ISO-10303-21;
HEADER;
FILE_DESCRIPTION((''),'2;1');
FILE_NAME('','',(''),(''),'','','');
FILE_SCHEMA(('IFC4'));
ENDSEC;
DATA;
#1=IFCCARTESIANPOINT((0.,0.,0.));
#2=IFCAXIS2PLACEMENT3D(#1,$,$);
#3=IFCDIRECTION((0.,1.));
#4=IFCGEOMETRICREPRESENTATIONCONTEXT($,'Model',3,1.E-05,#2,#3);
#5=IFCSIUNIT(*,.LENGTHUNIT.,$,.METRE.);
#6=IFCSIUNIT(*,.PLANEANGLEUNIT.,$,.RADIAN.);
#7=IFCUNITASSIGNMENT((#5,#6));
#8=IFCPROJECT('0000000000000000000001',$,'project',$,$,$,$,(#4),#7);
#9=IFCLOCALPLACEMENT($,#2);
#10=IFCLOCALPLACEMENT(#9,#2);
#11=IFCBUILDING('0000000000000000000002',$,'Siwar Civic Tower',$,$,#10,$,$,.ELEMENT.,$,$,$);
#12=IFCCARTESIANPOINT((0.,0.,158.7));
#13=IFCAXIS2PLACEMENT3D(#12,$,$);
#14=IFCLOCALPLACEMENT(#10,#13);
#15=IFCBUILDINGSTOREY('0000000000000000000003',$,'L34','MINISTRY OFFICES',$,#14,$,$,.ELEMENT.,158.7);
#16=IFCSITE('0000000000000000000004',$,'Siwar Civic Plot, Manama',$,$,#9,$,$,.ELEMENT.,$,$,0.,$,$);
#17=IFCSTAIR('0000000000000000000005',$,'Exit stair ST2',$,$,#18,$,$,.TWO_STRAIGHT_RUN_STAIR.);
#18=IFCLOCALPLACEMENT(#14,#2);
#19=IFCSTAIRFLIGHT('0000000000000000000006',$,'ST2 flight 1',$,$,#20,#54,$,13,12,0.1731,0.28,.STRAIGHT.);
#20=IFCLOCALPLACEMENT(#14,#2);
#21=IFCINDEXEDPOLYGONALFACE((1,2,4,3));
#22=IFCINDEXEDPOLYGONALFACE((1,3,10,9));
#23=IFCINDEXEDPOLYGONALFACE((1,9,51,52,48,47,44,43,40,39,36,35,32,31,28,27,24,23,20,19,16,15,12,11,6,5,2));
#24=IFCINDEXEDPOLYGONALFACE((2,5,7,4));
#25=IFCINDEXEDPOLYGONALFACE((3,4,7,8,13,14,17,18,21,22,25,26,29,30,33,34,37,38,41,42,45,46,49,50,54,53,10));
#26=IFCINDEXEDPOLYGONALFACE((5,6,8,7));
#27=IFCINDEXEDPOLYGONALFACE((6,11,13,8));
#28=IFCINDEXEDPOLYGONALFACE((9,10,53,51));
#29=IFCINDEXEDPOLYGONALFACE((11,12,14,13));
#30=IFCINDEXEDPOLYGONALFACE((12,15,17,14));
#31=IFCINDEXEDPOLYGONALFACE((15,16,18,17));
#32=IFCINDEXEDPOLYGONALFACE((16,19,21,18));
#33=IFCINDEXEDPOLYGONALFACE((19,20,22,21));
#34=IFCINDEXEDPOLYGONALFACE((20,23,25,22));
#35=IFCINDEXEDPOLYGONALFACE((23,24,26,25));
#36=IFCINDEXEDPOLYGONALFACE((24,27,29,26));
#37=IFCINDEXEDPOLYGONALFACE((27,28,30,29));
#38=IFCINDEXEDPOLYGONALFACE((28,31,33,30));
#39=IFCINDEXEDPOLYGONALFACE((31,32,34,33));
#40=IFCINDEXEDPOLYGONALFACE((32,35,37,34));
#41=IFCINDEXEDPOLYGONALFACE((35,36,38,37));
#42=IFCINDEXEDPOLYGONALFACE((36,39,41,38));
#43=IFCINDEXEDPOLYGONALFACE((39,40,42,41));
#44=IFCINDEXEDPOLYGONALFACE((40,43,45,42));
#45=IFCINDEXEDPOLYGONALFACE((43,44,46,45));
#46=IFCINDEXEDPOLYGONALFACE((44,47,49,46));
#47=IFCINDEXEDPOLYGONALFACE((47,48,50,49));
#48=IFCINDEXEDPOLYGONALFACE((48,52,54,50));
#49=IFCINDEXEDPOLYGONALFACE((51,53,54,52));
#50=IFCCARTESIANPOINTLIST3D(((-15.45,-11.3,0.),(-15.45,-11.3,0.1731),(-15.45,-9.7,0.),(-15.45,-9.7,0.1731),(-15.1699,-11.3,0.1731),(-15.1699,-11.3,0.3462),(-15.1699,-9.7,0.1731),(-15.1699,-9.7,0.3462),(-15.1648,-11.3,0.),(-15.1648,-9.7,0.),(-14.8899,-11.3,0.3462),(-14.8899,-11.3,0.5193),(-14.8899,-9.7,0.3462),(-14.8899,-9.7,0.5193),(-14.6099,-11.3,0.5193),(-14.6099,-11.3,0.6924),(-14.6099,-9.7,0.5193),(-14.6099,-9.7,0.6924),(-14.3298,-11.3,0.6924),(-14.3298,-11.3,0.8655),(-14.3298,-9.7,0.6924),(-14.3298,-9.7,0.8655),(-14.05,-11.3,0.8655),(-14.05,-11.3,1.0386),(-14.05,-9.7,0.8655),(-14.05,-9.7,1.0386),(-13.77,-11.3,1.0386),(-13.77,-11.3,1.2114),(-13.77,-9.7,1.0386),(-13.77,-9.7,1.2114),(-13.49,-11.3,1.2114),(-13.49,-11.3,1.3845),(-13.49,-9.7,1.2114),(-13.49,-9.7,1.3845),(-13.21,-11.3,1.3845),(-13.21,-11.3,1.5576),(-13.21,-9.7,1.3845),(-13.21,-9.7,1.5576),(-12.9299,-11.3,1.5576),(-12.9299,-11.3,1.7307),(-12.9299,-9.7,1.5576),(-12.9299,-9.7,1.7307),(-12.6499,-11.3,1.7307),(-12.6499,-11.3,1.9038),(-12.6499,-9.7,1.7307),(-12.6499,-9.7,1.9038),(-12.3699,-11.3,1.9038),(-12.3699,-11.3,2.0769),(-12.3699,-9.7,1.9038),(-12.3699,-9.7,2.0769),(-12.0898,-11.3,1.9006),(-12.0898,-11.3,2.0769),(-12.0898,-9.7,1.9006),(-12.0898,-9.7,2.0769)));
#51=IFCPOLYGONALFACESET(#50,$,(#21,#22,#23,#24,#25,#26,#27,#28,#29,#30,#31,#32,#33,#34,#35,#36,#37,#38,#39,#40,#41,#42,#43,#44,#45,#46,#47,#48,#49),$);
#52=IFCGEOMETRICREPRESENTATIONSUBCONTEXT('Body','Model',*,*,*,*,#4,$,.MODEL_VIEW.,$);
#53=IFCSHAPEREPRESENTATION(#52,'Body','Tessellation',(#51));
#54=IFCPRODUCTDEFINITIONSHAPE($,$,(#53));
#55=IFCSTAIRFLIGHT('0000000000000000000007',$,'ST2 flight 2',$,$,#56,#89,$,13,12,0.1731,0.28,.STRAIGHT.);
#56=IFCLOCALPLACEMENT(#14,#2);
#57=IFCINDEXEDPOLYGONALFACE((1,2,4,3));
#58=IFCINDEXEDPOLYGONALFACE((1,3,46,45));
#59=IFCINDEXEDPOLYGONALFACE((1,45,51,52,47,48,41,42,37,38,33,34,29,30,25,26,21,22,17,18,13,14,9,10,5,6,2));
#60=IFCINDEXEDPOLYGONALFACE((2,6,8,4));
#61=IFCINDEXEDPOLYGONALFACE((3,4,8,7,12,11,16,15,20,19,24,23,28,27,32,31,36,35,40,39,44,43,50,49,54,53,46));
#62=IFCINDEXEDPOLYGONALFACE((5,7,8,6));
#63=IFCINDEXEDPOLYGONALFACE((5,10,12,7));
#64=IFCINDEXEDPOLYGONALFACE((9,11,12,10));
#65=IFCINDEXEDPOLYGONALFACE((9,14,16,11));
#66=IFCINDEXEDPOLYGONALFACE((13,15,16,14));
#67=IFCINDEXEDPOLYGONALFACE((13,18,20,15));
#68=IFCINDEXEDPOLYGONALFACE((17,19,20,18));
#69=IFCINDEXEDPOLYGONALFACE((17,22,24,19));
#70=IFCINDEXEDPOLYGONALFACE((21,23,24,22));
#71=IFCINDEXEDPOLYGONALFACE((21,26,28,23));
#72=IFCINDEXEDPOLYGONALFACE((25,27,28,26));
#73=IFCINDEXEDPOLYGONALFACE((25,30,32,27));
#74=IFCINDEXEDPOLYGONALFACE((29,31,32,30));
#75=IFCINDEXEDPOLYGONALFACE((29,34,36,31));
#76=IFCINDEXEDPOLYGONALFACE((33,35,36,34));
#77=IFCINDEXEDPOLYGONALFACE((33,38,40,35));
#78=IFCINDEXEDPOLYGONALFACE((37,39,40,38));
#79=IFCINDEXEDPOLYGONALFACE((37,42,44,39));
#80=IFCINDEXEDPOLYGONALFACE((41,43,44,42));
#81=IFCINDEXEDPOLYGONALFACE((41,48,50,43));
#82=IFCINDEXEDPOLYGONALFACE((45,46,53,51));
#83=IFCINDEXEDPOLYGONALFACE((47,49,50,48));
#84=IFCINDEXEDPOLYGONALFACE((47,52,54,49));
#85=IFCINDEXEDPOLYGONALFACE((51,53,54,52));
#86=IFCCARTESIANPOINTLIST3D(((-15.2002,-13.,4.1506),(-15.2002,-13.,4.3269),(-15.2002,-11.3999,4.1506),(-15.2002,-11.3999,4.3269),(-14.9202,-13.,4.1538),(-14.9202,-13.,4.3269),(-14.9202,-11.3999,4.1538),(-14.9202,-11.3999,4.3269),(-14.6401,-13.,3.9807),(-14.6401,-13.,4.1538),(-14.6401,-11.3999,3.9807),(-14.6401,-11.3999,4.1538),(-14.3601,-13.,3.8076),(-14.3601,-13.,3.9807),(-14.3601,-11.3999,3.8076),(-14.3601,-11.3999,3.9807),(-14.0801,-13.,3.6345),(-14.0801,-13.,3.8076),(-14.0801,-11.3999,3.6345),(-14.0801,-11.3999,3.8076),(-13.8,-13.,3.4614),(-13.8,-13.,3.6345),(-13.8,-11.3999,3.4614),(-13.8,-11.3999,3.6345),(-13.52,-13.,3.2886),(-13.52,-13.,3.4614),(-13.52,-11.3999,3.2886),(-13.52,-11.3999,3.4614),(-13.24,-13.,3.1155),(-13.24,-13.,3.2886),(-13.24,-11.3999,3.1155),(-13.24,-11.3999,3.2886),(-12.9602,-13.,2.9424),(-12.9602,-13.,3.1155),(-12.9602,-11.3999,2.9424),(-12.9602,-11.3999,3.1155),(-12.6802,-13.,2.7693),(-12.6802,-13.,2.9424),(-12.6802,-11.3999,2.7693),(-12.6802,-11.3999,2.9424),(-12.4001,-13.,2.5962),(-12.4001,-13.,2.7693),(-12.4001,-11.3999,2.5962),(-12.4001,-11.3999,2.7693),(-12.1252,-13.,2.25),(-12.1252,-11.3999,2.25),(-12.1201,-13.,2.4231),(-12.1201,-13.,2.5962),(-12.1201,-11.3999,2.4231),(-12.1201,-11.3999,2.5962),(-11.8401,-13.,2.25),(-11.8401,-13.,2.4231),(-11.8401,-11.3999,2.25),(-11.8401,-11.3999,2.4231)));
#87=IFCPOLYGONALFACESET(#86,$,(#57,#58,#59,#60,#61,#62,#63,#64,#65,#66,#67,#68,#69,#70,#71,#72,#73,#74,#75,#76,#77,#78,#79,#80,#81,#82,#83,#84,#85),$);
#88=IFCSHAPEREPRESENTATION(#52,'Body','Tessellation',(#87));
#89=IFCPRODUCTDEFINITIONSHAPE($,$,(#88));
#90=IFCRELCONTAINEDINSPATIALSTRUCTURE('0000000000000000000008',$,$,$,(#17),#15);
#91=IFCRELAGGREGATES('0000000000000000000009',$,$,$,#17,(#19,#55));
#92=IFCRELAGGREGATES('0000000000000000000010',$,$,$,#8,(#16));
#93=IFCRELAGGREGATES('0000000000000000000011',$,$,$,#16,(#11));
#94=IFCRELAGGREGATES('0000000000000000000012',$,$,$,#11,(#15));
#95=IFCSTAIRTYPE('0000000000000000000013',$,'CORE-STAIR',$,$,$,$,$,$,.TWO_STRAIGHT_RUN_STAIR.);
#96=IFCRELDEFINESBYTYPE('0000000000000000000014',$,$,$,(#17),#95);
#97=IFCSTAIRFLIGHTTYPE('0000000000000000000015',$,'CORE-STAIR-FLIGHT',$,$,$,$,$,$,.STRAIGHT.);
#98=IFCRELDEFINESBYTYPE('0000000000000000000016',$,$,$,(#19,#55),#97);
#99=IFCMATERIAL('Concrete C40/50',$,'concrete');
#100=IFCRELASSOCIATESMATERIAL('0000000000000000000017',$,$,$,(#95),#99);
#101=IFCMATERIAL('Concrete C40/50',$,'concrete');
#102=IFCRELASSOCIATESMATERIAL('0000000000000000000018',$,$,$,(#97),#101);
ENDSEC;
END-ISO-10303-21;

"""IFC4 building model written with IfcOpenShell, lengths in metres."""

from ifc_helpers import new_model, si_unit, direction, frame, origin, place, context, subcontext, project, spatial, polyline, outline, extrude, material, type_object, element, aggregate, save


model = new_model("IFC4")

# Units and contexts
model_context = context("Model", 3, precision=1e-05, world=origin(), true_north=direction((0.0, 1.0)))
body_context = subcontext(model_context, "Body", "Model", "MODEL_VIEW")
ifc_project = project(units=[si_unit("LENGTHUNIT", "METRE"), si_unit("PLANEANGLEUNIT", "RADIAN")], contexts=[model_context])

# Site, building, storey
site_placement = place(None, origin())
site = spatial("IfcSite", under=ifc_project, at=site_placement, Name="Siwar Civic Plot, Manama", CompositionType="ELEMENT", RefElevation=0.0)
building_placement = place(site_placement, origin())
building = spatial("IfcBuilding", under=site, at=building_placement, Name="Siwar Civic Tower", CompositionType="ELEMENT")
storey_placement = place(building_placement, frame((0.0, 0.0, 158.7)))
storey = spatial("IfcBuildingStorey", under=building, at=storey_placement, Name="L34", Description="MINISTRY OFFICES", CompositionType="ELEMENT", Elevation=158.7)

# Stair, stair flights
ifc_material_1 = material(Name="Concrete C40/50", Category="concrete")
stair_type = type_object("IfcStairType", Name="CORE-STAIR", PredefinedType="TWO_STRAIGHT_RUN_STAIR", material=ifc_material_1)
stair_placement = place(storey_placement, origin())
stair = element("IfcStair", 1, at=stair_placement, inside=storey, type_object=stair_type, Name="Exit stair ST2", PredefinedType="TWO_STRAIGHT_RUN_STAIR")
ifc_material_2 = material(Name="Concrete C40/50", Category="concrete")
stair_flight_type = type_object("IfcStairFlightType", Name="CORE-STAIR-FLIGHT", PredefinedType="STRAIGHT", material=ifc_material_2)
stair_flight_1_placement = place(storey_placement, frame((-15.45, -10.5, 0.0), z_axis=(0.0, 0.0, 1.0), x_axis=(1.0, 0.0, 0.0)))
stair_flight_1 = element("IfcStairFlight", 2, at=stair_flight_1_placement, type_object=stair_flight_type, Name="ST2 flight 1", NumberOfRisers=13, NumberOfTreads=12, PredefinedType="STRAIGHT", RiserHeight=0.1731, TreadLength=0.28, context=body_context, shape_type="SweptSolid", body=[
    extrude(outline(polyline([(0.0, 0.0), (0.0, 0.1731), (0.28, 0.1731), (0.28, 0.3462), (0.5601, 0.3462), (0.5601, 0.5193), (0.8401, 0.5193), (0.8401, 0.6924), (1.1201, 0.6924), (1.1201, 0.8655), (1.3999, 0.8655), (1.3999, 1.0386), (1.6799, 1.0386), (1.6799, 1.2114), (1.96, 1.2114), (1.96, 1.3845), (2.24, 1.3845), (2.24, 1.5576), (2.52, 1.5576), (2.52, 1.7307), (2.8, 1.7307), (2.8, 1.9038), (3.0801, 1.9038), (3.0801, 2.0769), (3.3601, 2.0769), (3.3601, 2.25), (3.3601, 1.9006), (0.2852, 0.0), (0.0, 0.0)])), frame((0.0, 0.8, 0.0), z_axis=(0.0, -1.0, 0.0), x_axis=(1.0, 0.0, 0.0)), (0.0, 0.0, 1.0), 1.6001),
])
stair_flight_2_placement = place(storey_placement, frame((-11.8401, -12.2, 2.25), z_axis=(0.0, 0.0, 1.0), x_axis=(-1.0, 0.0, 0.0)))
stair_flight_2 = element("IfcStairFlight", 3, at=stair_flight_2_placement, type_object=stair_flight_type, Name="ST2 flight 2", NumberOfRisers=13, NumberOfTreads=12, PredefinedType="STRAIGHT", RiserHeight=0.1731, TreadLength=0.28, context=body_context, shape_type="SweptSolid", body=[
    extrude(outline(polyline([(0.0, 0.0), (0.0, 0.1731), (0.28, 0.1731), (0.28, 0.3462), (0.5601, 0.3462), (0.5601, 0.5193), (0.8401, 0.5193), (0.8401, 0.6924), (1.1201, 0.6924), (1.1201, 0.8655), (1.3999, 0.8655), (1.3999, 1.0386), (1.6799, 1.0386), (1.6799, 1.2114), (1.96, 1.2114), (1.96, 1.3845), (2.24, 1.3845), (2.24, 1.5576), (2.52, 1.5576), (2.52, 1.7307), (2.8, 1.7307), (2.8, 1.9038), (3.0801, 1.9038), (3.0801, 2.0769), (3.3601, 2.0769), (3.3601, 2.25), (3.3601, 1.9006), (0.2852, 0.0), (0.0, 0.0)])), frame((0.0, 0.8, 0.0), z_axis=(0.0, -1.0, 0.0), x_axis=(1.0, 0.0, 0.0)), (0.0, 0.0, 1.0), 1.6001),
])
aggregate(stair, [stair_flight_1, stair_flight_2])

save(model, "model.ifc")
